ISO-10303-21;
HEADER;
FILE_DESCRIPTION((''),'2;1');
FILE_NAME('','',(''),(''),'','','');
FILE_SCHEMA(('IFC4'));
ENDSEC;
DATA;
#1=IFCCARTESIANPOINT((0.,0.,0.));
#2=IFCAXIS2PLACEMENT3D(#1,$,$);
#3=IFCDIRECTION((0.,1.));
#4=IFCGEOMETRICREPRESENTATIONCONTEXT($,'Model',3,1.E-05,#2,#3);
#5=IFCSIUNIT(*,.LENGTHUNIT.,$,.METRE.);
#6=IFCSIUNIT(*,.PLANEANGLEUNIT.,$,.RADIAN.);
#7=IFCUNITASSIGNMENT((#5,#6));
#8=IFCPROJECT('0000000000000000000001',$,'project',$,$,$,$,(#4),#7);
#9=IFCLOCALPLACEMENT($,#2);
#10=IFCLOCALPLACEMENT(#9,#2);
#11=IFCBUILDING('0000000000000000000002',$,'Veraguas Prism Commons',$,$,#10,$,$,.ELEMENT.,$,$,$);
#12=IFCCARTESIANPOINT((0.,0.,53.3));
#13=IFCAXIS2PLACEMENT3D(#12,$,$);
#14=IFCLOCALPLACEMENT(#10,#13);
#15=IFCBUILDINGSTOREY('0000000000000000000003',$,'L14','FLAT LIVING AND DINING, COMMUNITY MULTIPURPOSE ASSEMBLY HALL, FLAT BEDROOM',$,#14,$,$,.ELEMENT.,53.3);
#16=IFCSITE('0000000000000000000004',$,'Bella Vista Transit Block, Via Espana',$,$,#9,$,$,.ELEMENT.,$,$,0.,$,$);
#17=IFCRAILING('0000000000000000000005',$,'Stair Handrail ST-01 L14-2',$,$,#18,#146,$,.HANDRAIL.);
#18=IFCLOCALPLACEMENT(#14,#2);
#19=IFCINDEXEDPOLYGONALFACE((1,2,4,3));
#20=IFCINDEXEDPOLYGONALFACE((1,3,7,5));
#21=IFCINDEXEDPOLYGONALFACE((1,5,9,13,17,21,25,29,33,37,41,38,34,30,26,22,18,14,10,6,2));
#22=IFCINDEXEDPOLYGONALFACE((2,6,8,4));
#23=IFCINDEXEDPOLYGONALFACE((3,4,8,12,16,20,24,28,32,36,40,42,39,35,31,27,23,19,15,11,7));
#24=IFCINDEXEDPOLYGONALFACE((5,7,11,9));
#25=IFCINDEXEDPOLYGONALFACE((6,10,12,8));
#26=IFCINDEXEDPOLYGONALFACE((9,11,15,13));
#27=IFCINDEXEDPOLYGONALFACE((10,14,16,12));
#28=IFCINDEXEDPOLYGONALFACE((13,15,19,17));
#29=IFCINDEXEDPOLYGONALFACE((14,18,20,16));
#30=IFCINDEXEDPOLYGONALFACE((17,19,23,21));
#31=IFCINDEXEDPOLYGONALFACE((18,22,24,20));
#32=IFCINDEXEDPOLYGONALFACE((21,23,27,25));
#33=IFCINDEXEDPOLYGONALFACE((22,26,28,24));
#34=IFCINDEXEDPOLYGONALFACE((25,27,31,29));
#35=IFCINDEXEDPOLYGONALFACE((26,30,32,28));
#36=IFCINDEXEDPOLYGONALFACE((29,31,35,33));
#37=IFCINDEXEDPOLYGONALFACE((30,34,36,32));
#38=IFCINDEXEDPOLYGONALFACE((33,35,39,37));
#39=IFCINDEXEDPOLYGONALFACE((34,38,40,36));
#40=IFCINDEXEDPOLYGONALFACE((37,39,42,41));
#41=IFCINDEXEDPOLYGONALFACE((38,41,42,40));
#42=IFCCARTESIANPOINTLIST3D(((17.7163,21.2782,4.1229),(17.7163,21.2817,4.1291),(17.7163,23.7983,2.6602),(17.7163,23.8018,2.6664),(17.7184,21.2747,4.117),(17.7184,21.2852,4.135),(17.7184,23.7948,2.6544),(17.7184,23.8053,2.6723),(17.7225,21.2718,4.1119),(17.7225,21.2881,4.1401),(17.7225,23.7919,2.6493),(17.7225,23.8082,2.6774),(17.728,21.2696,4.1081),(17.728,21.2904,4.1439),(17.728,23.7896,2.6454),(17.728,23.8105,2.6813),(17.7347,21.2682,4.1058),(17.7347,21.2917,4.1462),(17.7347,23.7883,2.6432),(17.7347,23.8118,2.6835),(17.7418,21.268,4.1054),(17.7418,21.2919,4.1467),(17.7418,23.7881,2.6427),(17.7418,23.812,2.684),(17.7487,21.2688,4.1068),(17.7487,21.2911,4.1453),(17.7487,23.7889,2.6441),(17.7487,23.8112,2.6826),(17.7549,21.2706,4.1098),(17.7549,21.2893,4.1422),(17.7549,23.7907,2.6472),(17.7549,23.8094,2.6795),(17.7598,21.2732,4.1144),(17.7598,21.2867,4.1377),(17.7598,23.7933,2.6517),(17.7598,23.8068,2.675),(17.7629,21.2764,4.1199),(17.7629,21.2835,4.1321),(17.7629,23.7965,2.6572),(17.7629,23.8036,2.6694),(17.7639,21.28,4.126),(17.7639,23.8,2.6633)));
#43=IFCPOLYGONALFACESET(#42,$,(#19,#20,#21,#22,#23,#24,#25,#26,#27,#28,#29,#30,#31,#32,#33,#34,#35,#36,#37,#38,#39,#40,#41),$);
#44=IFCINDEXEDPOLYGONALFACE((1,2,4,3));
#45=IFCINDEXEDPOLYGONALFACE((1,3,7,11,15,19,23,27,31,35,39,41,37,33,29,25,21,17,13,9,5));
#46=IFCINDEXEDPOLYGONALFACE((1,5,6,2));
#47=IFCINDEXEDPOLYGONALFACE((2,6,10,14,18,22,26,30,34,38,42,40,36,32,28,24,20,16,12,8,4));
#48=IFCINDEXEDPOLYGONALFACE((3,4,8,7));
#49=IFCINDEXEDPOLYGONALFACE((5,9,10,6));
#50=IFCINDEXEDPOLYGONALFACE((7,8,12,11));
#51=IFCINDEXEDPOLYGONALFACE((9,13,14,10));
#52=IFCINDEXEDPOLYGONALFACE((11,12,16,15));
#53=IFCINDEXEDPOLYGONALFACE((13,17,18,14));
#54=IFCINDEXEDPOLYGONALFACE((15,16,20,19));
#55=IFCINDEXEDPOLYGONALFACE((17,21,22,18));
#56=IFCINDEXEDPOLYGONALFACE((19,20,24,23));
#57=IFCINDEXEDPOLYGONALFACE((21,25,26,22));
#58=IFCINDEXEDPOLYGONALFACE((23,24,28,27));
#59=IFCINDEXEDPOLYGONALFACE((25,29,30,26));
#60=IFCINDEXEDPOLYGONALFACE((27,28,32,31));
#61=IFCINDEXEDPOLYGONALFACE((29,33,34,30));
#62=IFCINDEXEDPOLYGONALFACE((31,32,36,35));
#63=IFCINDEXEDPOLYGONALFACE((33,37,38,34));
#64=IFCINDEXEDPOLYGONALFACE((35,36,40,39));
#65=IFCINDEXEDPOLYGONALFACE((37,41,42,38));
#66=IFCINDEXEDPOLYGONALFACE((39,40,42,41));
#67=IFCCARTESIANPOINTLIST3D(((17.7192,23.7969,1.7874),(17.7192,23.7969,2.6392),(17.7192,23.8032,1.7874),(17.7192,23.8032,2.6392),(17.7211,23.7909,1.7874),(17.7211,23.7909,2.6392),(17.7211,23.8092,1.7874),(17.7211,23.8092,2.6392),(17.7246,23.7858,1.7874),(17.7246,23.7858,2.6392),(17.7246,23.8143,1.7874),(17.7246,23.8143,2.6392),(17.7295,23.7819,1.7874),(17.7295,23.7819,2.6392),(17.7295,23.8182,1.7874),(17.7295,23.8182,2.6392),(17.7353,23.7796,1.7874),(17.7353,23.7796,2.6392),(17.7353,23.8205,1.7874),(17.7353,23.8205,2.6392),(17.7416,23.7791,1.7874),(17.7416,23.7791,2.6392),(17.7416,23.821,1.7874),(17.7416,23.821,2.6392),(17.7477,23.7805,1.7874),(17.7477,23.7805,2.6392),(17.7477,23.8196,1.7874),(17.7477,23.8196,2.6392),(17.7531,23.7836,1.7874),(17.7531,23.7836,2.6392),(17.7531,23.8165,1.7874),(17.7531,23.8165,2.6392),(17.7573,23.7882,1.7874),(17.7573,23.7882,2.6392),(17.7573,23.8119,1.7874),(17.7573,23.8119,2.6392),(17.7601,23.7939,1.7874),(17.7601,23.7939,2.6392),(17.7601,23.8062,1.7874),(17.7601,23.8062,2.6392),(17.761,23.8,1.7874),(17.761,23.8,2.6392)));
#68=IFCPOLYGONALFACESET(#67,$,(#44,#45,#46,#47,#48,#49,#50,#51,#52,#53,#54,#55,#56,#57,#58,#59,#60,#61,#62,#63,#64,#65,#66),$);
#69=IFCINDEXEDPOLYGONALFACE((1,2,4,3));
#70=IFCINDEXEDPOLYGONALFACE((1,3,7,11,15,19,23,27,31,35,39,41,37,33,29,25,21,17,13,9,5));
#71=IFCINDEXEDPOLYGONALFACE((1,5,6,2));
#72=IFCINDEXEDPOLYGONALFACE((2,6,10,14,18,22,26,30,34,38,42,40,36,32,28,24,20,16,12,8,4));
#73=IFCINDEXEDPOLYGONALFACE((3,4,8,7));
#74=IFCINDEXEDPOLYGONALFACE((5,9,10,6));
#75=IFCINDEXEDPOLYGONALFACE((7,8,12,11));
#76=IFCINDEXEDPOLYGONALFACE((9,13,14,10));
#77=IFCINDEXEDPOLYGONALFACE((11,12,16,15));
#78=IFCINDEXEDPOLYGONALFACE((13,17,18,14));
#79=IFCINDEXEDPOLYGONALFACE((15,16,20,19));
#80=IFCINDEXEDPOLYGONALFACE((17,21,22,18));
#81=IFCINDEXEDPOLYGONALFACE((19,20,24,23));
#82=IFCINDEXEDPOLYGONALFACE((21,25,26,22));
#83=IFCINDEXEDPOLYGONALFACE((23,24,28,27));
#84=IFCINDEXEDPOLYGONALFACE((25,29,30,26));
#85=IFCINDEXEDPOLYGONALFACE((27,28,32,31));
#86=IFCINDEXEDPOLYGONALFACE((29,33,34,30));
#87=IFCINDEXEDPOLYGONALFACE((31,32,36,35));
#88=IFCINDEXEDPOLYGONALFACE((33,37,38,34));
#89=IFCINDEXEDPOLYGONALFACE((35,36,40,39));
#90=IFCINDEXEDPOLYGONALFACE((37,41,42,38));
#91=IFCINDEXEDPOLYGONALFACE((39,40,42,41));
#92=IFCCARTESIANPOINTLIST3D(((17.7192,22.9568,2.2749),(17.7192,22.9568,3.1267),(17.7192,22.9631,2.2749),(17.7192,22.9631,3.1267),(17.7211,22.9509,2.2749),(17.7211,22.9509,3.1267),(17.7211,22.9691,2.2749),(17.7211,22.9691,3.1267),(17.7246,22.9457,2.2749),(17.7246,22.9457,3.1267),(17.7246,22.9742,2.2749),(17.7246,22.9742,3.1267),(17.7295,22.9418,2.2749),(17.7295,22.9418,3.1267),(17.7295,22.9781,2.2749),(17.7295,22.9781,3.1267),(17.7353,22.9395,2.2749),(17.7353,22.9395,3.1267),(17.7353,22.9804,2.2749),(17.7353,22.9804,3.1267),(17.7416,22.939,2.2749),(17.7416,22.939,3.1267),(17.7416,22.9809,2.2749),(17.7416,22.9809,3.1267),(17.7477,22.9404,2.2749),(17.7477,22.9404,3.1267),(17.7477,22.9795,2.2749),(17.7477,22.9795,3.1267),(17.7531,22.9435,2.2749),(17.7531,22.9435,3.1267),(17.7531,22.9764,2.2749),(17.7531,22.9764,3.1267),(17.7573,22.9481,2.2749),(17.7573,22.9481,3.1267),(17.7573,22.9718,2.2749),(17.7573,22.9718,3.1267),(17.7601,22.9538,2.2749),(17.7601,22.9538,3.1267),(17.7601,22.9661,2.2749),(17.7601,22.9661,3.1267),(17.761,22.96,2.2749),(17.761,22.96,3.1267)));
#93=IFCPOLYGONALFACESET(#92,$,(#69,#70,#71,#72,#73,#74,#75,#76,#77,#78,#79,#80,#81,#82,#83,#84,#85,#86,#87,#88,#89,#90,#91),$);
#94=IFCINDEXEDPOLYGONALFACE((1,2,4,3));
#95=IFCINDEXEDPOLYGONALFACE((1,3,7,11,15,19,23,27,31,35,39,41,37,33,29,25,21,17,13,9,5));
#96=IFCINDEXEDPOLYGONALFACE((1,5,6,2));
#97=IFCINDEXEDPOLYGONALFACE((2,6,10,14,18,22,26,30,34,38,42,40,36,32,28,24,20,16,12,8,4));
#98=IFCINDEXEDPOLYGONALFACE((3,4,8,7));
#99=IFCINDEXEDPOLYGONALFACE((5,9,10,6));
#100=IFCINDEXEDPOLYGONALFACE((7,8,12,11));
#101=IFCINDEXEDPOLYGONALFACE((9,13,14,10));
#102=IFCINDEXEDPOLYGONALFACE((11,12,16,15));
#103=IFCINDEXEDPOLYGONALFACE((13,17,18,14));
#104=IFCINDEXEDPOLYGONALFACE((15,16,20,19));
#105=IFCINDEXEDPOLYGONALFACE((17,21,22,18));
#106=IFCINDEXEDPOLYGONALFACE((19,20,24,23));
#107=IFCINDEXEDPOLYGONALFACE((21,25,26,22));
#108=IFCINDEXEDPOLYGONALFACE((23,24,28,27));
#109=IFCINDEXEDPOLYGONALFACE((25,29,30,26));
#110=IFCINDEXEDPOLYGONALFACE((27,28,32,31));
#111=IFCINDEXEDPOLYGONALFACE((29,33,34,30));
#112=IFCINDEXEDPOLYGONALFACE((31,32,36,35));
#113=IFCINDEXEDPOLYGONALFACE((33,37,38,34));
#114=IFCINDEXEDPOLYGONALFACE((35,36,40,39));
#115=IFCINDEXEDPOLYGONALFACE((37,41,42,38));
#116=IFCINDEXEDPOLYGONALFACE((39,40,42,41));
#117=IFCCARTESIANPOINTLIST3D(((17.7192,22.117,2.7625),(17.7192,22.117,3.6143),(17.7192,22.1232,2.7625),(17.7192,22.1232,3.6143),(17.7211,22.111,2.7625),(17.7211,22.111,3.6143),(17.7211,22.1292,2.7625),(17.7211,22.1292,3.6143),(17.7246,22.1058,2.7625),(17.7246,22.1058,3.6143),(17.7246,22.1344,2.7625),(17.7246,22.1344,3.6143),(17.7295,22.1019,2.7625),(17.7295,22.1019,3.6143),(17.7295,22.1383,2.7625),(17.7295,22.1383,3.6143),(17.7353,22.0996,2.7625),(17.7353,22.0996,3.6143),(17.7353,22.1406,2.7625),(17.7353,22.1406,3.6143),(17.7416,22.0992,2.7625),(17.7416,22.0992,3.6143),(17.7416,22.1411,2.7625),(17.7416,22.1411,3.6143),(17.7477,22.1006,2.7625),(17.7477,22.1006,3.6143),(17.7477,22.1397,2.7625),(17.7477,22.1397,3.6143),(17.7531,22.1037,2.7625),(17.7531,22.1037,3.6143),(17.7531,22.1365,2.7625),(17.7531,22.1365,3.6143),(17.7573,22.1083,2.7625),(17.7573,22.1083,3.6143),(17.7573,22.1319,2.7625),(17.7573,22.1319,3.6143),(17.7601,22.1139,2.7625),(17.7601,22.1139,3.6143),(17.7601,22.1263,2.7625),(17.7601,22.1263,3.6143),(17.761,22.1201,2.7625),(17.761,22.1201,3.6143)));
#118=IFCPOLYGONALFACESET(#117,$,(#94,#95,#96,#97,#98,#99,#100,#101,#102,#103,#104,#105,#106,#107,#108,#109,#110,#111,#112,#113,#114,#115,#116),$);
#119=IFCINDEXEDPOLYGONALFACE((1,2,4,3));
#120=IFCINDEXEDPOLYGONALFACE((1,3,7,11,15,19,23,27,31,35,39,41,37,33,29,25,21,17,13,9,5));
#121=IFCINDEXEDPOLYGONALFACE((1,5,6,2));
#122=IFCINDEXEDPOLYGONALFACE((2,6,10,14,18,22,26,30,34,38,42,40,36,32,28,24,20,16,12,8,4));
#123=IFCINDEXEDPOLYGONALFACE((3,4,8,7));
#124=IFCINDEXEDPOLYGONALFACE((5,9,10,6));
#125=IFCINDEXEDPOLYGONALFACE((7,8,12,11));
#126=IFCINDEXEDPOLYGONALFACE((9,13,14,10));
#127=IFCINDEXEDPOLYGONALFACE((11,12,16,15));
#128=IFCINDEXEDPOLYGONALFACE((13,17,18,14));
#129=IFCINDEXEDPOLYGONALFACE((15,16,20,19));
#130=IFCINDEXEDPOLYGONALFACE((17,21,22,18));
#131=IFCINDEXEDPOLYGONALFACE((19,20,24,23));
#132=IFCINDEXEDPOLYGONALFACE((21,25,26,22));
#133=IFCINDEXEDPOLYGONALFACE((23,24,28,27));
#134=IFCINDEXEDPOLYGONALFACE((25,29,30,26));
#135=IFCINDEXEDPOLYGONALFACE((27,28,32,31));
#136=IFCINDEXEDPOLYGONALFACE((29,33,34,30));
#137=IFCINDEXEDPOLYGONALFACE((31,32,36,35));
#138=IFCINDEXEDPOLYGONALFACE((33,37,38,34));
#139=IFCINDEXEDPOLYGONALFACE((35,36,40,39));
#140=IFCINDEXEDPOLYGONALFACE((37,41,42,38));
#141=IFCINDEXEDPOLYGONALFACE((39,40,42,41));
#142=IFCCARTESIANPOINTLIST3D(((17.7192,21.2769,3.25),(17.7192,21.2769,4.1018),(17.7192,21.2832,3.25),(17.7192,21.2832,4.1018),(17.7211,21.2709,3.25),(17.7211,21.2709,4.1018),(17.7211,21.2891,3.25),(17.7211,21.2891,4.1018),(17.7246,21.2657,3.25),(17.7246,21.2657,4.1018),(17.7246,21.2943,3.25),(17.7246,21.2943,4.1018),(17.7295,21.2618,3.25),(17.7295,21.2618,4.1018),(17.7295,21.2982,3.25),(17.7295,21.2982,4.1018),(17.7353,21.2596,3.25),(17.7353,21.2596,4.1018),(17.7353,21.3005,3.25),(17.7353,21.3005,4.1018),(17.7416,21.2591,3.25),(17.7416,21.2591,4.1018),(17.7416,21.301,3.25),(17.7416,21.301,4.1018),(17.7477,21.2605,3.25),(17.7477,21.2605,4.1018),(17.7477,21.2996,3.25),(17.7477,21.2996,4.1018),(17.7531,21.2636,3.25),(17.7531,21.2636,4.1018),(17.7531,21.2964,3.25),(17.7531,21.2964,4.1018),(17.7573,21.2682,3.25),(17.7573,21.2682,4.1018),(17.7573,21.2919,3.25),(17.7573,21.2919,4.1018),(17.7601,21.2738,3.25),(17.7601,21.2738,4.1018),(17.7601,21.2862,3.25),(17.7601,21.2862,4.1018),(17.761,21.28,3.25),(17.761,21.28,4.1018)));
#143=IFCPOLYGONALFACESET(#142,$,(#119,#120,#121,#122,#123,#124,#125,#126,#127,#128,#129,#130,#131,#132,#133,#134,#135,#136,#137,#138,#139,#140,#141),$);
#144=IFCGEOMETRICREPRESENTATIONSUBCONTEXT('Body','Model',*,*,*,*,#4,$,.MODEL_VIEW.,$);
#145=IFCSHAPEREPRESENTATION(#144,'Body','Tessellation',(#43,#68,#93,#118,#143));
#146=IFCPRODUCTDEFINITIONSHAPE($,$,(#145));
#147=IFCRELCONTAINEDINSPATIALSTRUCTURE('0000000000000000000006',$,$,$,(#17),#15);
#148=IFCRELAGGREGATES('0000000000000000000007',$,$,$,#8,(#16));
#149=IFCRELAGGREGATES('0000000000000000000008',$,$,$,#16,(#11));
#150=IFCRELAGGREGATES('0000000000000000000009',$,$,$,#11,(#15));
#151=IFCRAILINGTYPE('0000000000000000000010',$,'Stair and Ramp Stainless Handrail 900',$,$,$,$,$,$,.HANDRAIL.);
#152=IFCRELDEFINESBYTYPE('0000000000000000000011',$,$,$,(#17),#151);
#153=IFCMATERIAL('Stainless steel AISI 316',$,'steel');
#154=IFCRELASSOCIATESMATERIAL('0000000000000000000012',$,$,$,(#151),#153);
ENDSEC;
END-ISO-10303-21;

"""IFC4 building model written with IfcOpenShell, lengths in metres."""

from ifc_helpers import new_model, si_unit, direction, frame, origin, origin_2d, place, context, subcontext, project, spatial, circle, extrude, material, type_object, element, save


model = new_model("IFC4")

# Units and contexts
model_context = context("Model", 3, precision=1e-05, world=origin(), true_north=direction((0.0, 1.0)))
body_context = subcontext(model_context, "Body", "Model", "MODEL_VIEW")
ifc_project = project(units=[si_unit("LENGTHUNIT", "METRE"), si_unit("PLANEANGLEUNIT", "RADIAN")], contexts=[model_context])

# Site, building, storey
site_placement = place(None, origin())
site = spatial("IfcSite", under=ifc_project, at=site_placement, Name="Bella Vista Transit Block, Via Espana", CompositionType="ELEMENT", RefElevation=0.0)
building_placement = place(site_placement, origin())
building = spatial("IfcBuilding", under=site, at=building_placement, Name="Veraguas Prism Commons", CompositionType="ELEMENT")
storey_placement = place(building_placement, frame((0.0, 0.0, 53.3)))
storey = spatial("IfcBuildingStorey", under=building, at=storey_placement, Name="L14", Description="FLAT LIVING AND DINING, COMMUNITY MULTIPURPOSE ASSEMBLY HALL, FLAT BEDROOM", CompositionType="ELEMENT", Elevation=53.3)

# Railing
ifc_material_1 = material(Name="Stainless steel AISI 316", Category="steel")
railing_type_1 = type_object("IfcRailingType", Name="Stair and Ramp Stainless Handrail 900", PredefinedType="HANDRAIL", material=ifc_material_1)
railing_1_placement = place(storey_placement, frame((17.74, 23.8, 1.7874)))
element("IfcRailing", 1, at=railing_1_placement, inside=storey, type_object=railing_type_1, Name="Stair Handrail ST-01 L14-2", PredefinedType="HANDRAIL", context=body_context, shape_type="SweptSolid", body=[
    extrude(circle(Radius=0.0239, at=origin_2d()), frame((0.0, 0.0, 0.876), z_axis=(0.0, -0.864877, 0.501984), x_axis=(1.0, 0.0, 0.0)), (0.0, 0.0, 1.0), 2.9138),
    extrude(circle(Radius=0.021, at=origin_2d()), origin(), (0.0, 0.0, 1.0), 0.8518),
    extrude(circle(Radius=0.021, at=origin_2d()), frame((0.0, -0.8401, 0.4875)), (0.0, 0.0, 1.0), 0.8518),
    extrude(circle(Radius=0.021, at=origin_2d()), frame((0.0, -1.6799, 0.9751)), (0.0, 0.0, 1.0), 0.8518),
    extrude(circle(Radius=0.021, at=origin_2d()), frame((0.0, -2.52, 1.4626)), (0.0, 0.0, 1.0), 0.8518),
])

save(model, "model.ifc")
